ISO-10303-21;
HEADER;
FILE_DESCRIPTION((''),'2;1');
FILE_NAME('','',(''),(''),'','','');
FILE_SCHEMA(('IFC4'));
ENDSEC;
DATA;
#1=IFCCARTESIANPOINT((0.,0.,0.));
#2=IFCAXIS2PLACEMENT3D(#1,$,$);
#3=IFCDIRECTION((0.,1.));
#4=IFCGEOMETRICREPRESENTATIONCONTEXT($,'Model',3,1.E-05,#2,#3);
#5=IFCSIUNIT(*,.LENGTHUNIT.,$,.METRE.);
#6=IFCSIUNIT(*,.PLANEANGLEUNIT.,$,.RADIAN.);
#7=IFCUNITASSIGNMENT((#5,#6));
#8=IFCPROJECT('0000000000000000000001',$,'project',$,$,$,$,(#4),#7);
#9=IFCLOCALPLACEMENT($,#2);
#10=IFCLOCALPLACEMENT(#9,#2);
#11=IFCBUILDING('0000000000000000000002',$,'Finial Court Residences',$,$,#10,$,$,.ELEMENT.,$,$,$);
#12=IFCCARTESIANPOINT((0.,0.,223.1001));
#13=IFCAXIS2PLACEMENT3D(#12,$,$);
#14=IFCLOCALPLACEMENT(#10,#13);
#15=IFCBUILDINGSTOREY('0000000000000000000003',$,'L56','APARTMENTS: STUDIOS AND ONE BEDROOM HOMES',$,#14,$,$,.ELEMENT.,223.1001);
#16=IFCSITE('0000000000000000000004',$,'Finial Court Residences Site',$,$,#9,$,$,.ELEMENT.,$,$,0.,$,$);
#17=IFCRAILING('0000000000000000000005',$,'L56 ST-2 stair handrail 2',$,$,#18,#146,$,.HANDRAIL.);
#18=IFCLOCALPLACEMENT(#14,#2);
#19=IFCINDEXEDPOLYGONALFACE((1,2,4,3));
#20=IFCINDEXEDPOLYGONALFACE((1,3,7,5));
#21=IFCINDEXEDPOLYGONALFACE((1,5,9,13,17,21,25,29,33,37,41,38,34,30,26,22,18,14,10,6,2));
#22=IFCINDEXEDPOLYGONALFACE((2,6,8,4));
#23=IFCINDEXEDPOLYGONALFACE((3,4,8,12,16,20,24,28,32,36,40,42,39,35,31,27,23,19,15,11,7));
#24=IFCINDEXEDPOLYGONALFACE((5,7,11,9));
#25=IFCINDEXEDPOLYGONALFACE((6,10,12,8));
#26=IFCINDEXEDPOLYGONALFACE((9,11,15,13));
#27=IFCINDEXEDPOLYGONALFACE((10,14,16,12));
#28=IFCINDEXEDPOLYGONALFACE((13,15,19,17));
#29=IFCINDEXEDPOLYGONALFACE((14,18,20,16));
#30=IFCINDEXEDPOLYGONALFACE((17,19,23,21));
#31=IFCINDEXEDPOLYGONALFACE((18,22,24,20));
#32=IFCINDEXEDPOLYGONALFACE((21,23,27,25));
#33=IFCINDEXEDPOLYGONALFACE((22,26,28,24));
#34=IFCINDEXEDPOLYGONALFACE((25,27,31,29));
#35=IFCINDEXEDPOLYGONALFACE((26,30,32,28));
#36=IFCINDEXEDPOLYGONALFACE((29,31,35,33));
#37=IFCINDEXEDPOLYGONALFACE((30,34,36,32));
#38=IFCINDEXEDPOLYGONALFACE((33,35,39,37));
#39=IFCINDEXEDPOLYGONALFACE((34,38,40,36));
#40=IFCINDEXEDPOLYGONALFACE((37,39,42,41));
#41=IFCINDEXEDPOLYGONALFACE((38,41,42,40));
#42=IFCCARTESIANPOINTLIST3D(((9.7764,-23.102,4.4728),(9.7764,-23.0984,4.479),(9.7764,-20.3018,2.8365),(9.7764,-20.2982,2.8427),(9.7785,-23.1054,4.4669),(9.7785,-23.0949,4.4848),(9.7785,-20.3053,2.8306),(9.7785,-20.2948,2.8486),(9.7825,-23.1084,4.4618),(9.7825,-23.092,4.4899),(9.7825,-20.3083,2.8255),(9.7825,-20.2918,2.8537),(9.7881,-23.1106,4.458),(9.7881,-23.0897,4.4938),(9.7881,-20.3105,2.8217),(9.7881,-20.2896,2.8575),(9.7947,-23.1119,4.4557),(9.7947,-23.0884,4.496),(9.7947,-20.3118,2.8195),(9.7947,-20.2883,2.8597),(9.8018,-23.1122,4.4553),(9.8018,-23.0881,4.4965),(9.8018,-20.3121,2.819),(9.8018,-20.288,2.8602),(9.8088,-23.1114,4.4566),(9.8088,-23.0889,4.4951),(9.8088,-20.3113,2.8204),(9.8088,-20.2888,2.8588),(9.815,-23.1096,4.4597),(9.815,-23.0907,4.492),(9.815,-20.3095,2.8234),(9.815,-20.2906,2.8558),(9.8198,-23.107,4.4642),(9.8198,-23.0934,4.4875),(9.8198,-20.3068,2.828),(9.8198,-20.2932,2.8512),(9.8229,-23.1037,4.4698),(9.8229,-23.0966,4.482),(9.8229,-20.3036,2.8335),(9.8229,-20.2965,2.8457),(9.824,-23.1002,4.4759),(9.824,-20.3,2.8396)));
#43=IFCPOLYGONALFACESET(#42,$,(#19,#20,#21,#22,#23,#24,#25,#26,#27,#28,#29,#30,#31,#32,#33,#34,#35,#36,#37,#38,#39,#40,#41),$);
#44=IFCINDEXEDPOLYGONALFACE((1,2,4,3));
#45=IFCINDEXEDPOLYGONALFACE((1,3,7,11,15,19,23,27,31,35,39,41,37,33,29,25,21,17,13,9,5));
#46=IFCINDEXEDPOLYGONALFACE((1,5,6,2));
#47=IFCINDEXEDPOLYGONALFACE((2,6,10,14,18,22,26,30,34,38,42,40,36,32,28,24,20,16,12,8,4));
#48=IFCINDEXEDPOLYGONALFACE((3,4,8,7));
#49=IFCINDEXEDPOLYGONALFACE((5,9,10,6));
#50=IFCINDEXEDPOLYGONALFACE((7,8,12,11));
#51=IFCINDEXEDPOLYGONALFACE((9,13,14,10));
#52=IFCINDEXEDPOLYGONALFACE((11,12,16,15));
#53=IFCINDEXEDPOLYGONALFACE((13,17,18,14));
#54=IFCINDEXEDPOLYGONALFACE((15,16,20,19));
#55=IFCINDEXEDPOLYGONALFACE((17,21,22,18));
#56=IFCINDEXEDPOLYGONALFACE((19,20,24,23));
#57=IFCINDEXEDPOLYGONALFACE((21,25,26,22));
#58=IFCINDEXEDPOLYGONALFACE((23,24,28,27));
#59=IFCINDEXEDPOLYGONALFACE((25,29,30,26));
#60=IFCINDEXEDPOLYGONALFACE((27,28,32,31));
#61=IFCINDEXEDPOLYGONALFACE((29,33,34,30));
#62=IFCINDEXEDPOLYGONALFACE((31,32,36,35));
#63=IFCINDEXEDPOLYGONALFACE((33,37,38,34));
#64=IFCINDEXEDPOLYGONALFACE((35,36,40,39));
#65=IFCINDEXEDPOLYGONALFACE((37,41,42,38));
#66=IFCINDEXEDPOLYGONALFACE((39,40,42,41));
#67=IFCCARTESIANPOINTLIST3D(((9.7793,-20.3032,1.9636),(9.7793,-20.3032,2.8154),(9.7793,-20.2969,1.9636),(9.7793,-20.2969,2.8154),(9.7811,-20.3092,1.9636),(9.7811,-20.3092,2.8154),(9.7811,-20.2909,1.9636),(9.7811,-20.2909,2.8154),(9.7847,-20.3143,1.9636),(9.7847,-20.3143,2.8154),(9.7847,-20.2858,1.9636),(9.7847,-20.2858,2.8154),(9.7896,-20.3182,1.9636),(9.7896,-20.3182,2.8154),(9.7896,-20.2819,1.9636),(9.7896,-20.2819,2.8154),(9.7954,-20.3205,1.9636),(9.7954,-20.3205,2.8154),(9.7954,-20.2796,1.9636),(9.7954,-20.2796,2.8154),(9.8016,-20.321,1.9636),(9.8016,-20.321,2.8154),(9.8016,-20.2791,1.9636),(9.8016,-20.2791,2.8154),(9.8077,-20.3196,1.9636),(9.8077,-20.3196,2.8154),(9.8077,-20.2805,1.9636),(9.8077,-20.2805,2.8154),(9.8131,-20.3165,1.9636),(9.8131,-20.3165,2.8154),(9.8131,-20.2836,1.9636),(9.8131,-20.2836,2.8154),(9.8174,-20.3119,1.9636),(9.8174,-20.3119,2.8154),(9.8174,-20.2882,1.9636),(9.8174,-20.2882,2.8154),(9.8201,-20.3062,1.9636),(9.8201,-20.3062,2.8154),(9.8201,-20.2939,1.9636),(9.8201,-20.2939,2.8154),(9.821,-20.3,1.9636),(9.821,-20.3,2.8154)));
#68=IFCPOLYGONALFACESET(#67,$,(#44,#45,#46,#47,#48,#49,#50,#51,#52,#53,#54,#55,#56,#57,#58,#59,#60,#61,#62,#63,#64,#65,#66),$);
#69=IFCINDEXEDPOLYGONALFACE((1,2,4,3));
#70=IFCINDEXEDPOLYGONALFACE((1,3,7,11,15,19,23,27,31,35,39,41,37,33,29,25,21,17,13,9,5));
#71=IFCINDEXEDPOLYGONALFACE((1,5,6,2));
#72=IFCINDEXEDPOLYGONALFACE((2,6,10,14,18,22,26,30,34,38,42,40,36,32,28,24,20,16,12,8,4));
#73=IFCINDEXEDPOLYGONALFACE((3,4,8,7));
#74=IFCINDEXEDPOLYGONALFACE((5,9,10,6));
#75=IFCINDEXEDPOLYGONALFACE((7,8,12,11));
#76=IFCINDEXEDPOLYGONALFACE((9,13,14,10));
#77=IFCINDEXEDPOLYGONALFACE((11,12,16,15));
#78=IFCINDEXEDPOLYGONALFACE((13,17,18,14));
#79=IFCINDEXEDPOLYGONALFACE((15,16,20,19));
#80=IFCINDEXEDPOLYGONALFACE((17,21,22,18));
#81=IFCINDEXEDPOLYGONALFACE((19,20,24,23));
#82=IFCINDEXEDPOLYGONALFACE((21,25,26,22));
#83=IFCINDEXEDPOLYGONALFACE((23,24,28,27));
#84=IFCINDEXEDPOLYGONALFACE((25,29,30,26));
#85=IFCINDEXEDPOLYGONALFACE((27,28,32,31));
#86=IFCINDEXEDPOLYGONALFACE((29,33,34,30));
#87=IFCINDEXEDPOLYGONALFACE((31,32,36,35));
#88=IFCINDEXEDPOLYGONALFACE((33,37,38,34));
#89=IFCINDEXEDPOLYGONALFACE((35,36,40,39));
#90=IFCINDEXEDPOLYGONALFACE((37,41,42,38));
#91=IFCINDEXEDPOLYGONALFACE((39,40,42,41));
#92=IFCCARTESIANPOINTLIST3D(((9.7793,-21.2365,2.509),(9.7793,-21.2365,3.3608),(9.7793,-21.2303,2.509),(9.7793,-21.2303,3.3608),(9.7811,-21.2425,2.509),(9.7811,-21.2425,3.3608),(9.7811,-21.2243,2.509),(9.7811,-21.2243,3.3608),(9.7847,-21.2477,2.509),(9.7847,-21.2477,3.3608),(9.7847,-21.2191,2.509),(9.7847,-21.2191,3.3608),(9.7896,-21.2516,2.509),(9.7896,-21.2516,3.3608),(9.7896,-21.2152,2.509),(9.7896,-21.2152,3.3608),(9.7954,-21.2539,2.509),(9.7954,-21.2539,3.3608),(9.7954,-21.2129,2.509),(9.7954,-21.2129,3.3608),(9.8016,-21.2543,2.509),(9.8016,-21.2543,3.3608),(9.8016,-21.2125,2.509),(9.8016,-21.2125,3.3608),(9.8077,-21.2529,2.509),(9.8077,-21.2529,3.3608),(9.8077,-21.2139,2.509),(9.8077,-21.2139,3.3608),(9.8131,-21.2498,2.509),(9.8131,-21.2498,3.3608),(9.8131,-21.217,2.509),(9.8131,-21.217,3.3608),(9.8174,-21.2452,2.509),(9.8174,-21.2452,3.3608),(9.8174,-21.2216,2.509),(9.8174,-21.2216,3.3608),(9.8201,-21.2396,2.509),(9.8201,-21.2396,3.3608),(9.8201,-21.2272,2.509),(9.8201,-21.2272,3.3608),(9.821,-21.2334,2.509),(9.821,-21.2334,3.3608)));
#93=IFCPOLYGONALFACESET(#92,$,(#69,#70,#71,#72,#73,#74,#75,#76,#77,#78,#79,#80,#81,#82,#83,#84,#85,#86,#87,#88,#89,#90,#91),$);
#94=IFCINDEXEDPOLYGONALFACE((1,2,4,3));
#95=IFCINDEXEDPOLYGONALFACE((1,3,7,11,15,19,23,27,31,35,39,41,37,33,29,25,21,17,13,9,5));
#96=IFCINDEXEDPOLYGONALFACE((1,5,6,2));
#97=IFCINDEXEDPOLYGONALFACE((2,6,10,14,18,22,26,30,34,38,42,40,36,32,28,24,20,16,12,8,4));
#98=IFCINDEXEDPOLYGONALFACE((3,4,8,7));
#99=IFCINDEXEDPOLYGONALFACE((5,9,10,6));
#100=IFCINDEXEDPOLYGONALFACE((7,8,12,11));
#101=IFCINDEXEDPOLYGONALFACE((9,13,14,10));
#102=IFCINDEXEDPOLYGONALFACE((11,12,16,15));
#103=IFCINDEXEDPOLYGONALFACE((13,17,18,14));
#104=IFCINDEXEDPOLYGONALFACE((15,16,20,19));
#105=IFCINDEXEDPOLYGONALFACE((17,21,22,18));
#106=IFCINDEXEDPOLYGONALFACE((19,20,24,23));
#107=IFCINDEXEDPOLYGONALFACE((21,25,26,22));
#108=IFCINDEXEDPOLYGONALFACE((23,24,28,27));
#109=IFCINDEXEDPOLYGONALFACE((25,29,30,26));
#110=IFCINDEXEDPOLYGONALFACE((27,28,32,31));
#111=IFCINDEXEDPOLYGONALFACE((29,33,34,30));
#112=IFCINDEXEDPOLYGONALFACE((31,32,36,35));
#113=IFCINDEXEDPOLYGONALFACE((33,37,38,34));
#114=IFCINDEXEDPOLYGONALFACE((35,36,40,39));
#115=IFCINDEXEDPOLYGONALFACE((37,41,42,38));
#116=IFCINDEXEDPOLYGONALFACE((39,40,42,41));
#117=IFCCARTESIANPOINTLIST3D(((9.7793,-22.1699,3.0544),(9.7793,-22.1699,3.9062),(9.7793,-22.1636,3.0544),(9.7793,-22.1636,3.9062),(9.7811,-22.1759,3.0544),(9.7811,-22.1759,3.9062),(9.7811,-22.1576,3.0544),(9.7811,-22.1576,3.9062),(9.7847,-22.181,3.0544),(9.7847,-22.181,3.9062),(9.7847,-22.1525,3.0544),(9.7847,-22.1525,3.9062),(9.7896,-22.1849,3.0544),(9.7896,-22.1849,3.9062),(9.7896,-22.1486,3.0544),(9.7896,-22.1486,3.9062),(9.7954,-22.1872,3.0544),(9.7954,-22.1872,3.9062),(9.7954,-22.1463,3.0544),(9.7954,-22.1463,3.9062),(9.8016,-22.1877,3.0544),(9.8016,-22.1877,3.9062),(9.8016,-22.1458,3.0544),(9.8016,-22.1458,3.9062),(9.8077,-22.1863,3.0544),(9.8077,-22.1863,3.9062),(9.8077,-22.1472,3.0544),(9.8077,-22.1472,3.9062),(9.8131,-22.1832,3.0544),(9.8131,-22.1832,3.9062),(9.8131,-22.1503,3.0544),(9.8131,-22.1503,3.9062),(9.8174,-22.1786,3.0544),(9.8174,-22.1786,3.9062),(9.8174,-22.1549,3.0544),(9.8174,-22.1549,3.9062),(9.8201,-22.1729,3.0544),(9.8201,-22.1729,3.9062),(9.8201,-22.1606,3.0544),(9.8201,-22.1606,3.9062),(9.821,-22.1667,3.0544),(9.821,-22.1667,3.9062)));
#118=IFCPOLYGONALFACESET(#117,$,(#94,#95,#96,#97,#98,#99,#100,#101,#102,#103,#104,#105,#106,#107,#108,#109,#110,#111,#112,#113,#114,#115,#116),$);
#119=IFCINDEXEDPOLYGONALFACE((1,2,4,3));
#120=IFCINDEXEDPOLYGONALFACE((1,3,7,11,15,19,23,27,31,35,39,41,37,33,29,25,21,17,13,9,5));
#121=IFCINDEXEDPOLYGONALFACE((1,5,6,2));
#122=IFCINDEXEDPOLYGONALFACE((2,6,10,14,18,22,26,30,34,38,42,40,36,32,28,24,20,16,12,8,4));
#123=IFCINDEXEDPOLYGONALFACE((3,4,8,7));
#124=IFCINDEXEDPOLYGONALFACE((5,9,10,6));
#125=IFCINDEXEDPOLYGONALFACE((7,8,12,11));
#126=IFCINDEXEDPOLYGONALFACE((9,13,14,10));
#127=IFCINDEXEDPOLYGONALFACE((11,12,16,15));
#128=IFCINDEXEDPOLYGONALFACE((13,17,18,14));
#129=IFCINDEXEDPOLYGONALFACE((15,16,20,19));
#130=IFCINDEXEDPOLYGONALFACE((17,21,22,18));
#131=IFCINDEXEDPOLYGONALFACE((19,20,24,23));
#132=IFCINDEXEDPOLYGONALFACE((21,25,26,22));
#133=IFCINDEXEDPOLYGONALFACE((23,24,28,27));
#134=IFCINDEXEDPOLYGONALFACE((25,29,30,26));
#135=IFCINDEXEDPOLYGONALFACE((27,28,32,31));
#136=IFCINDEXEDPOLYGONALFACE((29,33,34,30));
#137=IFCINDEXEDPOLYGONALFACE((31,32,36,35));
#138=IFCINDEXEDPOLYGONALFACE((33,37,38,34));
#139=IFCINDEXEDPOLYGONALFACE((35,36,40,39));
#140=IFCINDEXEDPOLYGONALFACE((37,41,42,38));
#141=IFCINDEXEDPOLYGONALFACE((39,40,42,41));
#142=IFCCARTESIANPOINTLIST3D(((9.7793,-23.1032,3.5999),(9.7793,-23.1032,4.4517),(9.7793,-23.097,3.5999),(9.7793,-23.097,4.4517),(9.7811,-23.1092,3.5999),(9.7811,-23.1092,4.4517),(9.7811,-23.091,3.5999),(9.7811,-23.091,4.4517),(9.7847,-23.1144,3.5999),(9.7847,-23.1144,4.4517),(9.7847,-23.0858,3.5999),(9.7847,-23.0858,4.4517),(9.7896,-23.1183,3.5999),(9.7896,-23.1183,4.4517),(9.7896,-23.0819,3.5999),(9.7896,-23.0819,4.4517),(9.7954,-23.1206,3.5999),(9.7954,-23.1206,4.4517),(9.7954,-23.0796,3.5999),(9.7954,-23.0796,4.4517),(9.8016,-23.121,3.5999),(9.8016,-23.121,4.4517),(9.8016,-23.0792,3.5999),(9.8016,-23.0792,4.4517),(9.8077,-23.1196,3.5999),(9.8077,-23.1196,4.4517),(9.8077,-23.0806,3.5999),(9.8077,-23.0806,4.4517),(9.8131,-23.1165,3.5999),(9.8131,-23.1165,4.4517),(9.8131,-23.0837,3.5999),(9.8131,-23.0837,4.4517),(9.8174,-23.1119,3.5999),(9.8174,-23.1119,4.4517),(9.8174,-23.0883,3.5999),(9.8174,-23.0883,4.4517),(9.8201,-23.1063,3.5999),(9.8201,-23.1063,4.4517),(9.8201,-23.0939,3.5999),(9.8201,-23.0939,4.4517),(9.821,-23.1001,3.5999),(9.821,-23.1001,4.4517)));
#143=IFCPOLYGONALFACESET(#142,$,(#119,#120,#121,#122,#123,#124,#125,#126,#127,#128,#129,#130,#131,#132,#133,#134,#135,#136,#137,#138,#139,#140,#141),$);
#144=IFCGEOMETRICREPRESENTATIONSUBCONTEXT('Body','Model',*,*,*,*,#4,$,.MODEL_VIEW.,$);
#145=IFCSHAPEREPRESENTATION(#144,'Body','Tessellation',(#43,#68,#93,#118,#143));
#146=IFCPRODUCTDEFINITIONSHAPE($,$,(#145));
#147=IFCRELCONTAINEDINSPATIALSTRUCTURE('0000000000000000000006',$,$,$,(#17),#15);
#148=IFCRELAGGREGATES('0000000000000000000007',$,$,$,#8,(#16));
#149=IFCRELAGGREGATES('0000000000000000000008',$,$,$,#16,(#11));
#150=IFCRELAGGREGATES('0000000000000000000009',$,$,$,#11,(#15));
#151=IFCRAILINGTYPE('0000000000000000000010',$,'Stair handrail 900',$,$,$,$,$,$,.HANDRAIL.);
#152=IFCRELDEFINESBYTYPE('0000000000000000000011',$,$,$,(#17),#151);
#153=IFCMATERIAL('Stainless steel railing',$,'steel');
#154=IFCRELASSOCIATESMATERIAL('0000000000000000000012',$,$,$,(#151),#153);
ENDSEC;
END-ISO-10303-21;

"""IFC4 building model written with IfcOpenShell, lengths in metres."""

from ifc_helpers import new_model, si_unit, direction, frame, origin, origin_2d, place, context, subcontext, project, spatial, circle, extrude, material, type_object, element, save


model = new_model("IFC4")

# Units and contexts
model_context = context("Model", 3, precision=1e-05, world=origin(), true_north=direction((0.0, 1.0)))
body_context = subcontext(model_context, "Body", "Model", "MODEL_VIEW")
ifc_project = project(units=[si_unit("LENGTHUNIT", "METRE"), si_unit("PLANEANGLEUNIT", "RADIAN")], contexts=[model_context])

# Site, building, storey
site_placement = place(None, origin())
site = spatial("IfcSite", under=ifc_project, at=site_placement, Name="Finial Court Residences Site", CompositionType="ELEMENT", RefElevation=0.0)
building_placement = place(site_placement, origin())
building = spatial("IfcBuilding", under=site, at=building_placement, Name="Finial Court Residences", CompositionType="ELEMENT")
storey_placement = place(building_placement, frame((0.0, 0.0, 223.1001)))
storey = spatial("IfcBuildingStorey", under=building, at=storey_placement, Name="L56", Description="APARTMENTS: STUDIOS AND ONE BEDROOM HOMES", CompositionType="ELEMENT", Elevation=223.1001)

# Railing
ifc_material_1 = material(Name="Stainless steel railing", Category="steel")
railing_type_1 = type_object("IfcRailingType", Name="Stair handrail 900", PredefinedType="HANDRAIL", material=ifc_material_1)
railing_1_placement = place(storey_placement, frame((9.8, -20.3, 1.9636)))
element("IfcRailing", 1, at=railing_1_placement, inside=storey, type_object=railing_type_1, Name="L56 ST-2 stair handrail 2", PredefinedType="HANDRAIL", context=body_context, shape_type="SweptSolid", body=[
    extrude(circle(Radius=0.0239, at=origin_2d()), frame((0.0, 0.0, 0.876), z_axis=(0.0, -0.863394, 0.504531), x_axis=(1.0, 0.0, 0.0)), (0.0, 0.0, 1.0), 3.2432),
    extrude(circle(Radius=0.021, at=origin_2d()), origin(), (0.0, 0.0, 1.0), 0.8518),
    extrude(circle(Radius=0.021, at=origin_2d()), frame((0.0, -0.9333, 0.5454)), (0.0, 0.0, 1.0), 0.8518),
    extrude(circle(Radius=0.021, at=origin_2d()), frame((0.0, -1.8667, 1.0908)), (0.0, 0.0, 1.0), 0.8518),
    extrude(circle(Radius=0.021, at=origin_2d()), frame((0.0, -2.8, 1.6362)), (0.0, 0.0, 1.0), 0.8518),
])

save(model, "model.ifc")
